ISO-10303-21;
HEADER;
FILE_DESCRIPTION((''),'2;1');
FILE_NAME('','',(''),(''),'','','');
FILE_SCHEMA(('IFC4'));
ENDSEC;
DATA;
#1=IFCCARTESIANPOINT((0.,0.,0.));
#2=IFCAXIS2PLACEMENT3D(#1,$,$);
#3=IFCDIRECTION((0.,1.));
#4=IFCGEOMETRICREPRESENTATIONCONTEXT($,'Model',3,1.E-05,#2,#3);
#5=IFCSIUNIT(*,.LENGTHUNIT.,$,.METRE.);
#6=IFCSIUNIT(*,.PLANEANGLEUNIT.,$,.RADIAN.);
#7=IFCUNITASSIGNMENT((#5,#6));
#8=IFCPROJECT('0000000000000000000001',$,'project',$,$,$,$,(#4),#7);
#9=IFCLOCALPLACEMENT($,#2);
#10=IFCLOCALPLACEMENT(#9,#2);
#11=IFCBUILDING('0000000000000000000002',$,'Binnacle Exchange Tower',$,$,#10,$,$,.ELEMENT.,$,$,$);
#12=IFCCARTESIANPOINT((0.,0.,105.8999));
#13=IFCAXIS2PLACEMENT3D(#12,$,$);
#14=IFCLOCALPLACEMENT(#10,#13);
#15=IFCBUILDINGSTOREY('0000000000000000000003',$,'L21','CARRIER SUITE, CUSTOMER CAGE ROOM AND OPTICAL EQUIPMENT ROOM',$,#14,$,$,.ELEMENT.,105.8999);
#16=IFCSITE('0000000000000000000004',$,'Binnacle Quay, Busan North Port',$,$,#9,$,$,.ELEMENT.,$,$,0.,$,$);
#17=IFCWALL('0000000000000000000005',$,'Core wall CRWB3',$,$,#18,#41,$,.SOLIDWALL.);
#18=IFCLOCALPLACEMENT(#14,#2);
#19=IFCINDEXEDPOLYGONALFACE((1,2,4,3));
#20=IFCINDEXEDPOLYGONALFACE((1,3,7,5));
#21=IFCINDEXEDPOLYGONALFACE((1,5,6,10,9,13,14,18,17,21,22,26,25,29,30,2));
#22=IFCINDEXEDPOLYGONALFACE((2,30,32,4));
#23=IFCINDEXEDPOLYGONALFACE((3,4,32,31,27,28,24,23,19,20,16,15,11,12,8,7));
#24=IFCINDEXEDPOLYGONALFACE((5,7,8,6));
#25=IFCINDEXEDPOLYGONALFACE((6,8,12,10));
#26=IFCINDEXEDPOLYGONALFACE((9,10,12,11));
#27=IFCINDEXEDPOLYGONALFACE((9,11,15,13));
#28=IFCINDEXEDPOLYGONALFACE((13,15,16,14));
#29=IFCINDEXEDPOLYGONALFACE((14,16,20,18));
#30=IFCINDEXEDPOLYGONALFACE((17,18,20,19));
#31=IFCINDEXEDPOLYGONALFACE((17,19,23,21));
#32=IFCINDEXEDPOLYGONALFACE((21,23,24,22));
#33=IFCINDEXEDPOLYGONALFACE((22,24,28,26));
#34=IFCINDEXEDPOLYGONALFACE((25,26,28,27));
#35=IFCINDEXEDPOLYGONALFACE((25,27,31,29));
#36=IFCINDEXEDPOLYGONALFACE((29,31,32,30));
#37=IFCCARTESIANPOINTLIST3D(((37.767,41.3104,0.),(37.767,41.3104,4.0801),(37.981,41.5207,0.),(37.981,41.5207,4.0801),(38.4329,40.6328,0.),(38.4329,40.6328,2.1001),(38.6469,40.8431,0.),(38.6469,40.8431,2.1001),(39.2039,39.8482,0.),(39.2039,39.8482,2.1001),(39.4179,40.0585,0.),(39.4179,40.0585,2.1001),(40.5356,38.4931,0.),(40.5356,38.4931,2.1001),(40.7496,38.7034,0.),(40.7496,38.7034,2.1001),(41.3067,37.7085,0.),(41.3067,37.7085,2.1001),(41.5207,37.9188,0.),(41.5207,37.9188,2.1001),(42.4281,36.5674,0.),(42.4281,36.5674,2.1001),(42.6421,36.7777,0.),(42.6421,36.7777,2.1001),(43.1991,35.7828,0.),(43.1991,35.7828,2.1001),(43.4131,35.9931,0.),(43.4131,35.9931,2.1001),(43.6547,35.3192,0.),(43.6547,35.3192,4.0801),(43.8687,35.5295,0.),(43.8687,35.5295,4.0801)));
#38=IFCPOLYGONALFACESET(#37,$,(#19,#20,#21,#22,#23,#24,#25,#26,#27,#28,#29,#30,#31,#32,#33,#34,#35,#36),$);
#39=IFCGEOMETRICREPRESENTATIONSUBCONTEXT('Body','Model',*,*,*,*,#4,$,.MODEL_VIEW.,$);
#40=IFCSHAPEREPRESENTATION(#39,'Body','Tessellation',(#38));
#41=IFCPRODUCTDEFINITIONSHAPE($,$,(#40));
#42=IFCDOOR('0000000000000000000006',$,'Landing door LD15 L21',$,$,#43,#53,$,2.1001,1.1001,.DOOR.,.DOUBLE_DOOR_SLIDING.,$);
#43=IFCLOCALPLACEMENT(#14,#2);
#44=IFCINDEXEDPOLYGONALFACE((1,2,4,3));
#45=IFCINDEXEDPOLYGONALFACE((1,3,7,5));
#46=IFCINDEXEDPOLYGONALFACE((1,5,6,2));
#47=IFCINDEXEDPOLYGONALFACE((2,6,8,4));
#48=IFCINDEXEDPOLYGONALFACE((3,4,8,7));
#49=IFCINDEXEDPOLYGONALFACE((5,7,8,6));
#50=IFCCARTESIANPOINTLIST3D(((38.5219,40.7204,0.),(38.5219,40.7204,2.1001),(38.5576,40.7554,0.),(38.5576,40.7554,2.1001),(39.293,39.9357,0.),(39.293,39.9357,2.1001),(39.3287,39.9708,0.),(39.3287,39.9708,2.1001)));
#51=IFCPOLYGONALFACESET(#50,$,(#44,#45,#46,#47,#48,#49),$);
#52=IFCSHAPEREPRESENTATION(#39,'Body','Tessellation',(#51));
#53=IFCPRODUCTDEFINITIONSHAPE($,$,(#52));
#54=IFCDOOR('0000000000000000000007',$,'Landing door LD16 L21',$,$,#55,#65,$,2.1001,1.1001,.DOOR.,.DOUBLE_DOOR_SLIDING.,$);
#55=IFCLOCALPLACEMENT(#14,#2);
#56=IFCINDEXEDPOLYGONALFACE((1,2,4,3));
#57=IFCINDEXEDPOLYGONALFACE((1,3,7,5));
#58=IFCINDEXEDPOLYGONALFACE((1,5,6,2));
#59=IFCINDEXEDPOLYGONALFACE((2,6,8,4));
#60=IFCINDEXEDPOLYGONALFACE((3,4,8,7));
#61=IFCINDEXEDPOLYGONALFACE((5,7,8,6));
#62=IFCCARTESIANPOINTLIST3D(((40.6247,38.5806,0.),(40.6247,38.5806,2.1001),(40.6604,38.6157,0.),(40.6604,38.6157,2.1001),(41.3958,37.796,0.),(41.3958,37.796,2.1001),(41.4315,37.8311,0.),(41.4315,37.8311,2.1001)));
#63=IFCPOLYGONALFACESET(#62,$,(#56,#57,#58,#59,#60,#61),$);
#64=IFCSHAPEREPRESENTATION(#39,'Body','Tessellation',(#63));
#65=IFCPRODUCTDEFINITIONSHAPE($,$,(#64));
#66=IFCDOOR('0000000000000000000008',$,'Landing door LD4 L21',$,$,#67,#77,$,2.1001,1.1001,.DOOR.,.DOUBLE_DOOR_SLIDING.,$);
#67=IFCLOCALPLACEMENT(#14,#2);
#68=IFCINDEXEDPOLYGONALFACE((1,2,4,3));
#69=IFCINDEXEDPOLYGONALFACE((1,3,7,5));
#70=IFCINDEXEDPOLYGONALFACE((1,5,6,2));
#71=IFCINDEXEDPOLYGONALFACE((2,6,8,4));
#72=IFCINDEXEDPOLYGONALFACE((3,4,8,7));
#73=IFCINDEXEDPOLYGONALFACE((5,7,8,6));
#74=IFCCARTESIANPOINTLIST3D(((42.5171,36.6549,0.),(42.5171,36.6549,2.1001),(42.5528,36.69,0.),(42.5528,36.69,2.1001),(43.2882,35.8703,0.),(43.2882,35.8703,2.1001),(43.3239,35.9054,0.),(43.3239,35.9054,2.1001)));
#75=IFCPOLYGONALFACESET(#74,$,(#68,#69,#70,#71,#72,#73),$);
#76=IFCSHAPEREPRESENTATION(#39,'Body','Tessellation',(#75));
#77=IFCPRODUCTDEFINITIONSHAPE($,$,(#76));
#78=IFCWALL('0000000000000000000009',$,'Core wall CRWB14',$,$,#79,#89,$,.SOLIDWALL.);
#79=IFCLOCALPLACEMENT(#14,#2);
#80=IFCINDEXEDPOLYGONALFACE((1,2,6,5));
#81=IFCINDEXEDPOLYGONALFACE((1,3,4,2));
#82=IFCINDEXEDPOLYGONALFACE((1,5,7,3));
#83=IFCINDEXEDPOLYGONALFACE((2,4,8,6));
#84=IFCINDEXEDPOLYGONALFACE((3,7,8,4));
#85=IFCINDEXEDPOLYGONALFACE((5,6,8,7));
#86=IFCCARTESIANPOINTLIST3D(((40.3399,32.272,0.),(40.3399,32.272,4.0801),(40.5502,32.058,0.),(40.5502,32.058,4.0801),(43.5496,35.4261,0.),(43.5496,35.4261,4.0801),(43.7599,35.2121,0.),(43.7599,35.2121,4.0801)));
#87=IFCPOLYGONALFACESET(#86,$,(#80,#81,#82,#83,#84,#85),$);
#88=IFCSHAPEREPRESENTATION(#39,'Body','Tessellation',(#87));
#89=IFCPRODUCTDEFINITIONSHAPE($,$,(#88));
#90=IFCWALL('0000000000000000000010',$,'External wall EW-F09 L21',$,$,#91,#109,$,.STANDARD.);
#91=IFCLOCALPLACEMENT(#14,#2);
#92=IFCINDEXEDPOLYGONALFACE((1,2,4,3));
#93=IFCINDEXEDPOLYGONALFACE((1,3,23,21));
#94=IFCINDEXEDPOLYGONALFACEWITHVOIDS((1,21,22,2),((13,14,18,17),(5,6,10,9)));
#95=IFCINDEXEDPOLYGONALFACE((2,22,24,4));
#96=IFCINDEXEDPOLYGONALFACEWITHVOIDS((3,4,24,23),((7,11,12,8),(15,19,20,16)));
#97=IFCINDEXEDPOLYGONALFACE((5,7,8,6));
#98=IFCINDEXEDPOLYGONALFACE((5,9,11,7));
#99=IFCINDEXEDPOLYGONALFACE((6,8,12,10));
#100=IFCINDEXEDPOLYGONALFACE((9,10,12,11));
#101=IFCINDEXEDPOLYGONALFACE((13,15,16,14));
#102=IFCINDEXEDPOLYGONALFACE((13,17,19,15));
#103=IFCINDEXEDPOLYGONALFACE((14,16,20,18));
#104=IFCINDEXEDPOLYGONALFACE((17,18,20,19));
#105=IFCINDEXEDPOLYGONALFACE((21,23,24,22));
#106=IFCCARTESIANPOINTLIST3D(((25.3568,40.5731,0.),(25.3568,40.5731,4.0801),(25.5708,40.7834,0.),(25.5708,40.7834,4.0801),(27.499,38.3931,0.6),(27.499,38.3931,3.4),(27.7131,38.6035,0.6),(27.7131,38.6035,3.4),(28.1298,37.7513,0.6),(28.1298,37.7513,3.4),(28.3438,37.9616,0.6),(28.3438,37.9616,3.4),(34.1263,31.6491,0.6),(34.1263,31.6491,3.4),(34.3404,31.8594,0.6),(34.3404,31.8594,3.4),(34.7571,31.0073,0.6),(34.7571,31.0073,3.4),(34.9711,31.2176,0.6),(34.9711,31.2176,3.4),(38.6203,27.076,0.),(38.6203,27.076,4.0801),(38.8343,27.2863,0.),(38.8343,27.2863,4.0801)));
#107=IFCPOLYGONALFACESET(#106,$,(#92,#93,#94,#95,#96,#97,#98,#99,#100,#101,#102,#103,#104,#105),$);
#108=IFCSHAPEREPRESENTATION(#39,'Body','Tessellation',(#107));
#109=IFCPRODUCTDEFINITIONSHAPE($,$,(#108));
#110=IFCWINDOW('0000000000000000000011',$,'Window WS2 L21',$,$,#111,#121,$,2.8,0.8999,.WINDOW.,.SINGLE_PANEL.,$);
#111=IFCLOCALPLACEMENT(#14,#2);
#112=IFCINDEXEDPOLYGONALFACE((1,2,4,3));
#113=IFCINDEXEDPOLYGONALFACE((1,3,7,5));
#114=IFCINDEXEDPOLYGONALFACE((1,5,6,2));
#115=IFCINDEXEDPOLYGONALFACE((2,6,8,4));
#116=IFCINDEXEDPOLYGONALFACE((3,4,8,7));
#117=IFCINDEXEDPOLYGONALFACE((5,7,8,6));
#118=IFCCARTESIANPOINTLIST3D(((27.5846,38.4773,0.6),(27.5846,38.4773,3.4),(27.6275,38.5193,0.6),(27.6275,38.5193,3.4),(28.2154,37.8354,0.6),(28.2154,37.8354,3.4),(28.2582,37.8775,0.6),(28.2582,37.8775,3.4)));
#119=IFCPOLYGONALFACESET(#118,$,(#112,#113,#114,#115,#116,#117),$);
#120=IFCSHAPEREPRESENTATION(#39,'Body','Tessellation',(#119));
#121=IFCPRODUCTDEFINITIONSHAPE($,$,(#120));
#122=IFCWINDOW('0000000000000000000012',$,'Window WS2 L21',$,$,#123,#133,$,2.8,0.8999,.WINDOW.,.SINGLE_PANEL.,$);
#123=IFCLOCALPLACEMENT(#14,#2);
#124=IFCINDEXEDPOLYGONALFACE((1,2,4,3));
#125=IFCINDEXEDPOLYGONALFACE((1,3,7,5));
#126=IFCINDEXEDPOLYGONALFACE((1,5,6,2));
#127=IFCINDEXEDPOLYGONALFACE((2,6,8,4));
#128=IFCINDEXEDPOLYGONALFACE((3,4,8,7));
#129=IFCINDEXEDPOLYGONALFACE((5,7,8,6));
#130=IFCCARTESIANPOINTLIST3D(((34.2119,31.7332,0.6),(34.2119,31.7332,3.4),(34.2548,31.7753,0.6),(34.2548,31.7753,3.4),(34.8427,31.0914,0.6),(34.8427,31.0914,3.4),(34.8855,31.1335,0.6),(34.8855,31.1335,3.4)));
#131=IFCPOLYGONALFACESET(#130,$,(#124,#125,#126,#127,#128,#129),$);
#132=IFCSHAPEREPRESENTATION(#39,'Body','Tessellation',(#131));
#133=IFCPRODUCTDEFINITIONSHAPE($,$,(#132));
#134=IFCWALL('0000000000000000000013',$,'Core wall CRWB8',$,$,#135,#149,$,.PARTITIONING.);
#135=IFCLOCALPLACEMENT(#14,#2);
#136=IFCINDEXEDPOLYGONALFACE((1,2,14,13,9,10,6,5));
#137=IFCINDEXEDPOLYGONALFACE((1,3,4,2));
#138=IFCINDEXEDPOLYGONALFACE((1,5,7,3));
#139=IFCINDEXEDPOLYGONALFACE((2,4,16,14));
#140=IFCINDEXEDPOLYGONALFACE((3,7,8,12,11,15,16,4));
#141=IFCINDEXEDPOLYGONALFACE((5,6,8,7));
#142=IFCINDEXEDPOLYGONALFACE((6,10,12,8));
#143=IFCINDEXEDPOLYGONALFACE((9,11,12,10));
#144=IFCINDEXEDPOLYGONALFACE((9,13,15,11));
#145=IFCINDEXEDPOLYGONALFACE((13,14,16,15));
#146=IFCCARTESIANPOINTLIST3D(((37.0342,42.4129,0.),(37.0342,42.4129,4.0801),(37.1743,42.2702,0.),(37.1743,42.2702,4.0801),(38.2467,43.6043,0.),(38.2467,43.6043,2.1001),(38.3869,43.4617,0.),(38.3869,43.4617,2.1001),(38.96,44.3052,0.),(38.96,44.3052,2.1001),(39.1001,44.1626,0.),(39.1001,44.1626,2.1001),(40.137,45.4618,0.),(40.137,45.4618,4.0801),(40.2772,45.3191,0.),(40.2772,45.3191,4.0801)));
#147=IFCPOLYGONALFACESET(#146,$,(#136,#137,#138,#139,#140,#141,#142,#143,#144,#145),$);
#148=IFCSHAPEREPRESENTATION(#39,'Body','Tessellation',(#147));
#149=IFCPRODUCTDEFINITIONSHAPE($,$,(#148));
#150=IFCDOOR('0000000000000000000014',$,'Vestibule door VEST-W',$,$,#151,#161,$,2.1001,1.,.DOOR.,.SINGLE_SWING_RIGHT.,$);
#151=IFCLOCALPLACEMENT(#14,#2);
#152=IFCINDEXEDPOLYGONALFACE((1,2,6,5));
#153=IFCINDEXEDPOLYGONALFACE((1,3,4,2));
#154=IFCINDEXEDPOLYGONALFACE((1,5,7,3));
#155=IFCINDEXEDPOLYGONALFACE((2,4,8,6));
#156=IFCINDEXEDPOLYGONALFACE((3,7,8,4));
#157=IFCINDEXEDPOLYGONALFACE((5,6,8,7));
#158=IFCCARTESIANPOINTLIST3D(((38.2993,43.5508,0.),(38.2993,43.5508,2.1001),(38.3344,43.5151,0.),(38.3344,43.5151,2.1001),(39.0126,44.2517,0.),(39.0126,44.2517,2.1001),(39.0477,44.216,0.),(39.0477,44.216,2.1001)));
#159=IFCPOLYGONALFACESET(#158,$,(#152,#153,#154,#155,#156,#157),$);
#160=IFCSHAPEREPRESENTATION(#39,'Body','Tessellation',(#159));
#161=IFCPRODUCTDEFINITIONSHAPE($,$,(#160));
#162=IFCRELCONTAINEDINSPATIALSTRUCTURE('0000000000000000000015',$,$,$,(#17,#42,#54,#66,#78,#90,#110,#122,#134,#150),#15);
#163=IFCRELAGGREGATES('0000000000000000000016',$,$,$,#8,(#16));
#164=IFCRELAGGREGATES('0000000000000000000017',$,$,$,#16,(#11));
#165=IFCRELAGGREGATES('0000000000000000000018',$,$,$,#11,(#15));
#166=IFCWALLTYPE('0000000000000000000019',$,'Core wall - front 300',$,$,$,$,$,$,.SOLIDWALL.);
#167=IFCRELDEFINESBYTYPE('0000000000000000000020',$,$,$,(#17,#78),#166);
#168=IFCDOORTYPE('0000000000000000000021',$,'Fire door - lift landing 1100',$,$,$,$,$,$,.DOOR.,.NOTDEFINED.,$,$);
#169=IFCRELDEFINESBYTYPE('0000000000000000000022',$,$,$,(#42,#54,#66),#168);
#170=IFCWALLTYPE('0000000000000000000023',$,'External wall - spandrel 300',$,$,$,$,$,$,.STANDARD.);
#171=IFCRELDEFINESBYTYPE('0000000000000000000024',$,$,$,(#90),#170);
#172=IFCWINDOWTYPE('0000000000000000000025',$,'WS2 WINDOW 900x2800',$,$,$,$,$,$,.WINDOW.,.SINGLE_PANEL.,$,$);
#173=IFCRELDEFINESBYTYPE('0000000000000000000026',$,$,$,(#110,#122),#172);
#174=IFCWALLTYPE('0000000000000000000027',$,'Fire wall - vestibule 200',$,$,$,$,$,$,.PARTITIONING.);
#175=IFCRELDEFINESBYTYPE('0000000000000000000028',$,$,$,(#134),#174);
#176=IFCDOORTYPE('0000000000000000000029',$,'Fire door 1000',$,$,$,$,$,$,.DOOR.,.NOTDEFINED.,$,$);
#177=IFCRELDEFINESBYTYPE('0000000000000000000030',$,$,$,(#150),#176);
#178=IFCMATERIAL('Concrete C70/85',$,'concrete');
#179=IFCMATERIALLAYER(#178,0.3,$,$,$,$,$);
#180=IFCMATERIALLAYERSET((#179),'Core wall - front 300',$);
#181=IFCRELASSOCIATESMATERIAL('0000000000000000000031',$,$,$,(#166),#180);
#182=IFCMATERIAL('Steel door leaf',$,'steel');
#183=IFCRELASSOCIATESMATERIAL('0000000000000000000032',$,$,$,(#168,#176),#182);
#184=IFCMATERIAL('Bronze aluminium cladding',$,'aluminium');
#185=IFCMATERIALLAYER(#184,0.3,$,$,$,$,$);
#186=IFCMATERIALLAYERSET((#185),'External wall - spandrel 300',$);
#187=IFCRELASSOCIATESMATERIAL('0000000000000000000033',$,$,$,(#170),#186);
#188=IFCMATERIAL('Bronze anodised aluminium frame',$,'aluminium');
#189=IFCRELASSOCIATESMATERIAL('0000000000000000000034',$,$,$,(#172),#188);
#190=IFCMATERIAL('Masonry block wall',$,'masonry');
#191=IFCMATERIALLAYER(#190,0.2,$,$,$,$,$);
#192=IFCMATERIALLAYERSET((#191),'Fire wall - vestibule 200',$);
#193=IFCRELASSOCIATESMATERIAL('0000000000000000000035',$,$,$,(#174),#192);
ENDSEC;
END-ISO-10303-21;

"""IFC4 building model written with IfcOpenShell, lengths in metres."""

from ifc_helpers import new_model, si_unit, direction, frame, frame_2d, origin, place, context, subcontext, project, spatial, rectangle, extrude, material, layer, layer_set, type_object, element, fill, save


model = new_model("IFC4")

# Units and contexts
model_context = context("Model", 3, precision=1e-05, world=origin(), true_north=direction((0.0, 1.0)))
body_context = subcontext(model_context, "Body", "Model", "MODEL_VIEW")
ifc_project = project(units=[si_unit("LENGTHUNIT", "METRE"), si_unit("PLANEANGLEUNIT", "RADIAN")], contexts=[model_context])

# Site, building, storey
site_placement = place(None, origin())
site = spatial("IfcSite", under=ifc_project, at=site_placement, Name="Binnacle Quay, Busan North Port", CompositionType="ELEMENT", RefElevation=0.0)
building_placement = place(site_placement, origin())
building = spatial("IfcBuilding", under=site, at=building_placement, Name="Binnacle Exchange Tower", CompositionType="ELEMENT")
storey_placement = place(building_placement, frame((0.0, 0.0, 105.8999)))
storey = spatial("IfcBuildingStorey", under=building, at=storey_placement, Name="L21", Description="CARRIER SUITE, CUSTOMER CAGE ROOM AND OPTICAL EQUIPMENT ROOM", CompositionType="ELEMENT", Elevation=105.8999)

# Shared definitions
ifc_material_1 = material(Name="Concrete C70/85", Category="concrete")

# Wall, openings, doors
ifc_layer_1 = layer(ifc_material_1, 0.3)
ifc_layer_set_1 = layer_set([ifc_layer_1], Name="Core wall - front 300")
wall_type_1 = type_object("IfcWallType", Name="Core wall - front 300", PredefinedType="SOLIDWALL", material=ifc_layer_set_1)
wall_1_placement = place(storey_placement, frame((37.874, 41.4155, 0.0), z_axis=(0.0, 0.0, 1.0), x_axis=(0.700918, -0.713242, 0.0)))
wall_1 = element("IfcWall", 1, at=wall_1_placement, inside=storey, type_object=wall_type_1, Name="Core wall CRWB3", PredefinedType="SOLIDWALL", context=body_context, shape_type="SweptSolid", body=[
    extrude(rectangle(XDim=8.3999, YDim=0.3, at=frame_2d((4.2, 0.0))), origin(), (0.0, 0.0, 1.0), 4.0801),
])
opening_1_placement = place(wall_1_placement, frame((0.95, 0.0, 0.0)))
opening_1 = element("IfcOpeningElement", 2, at=opening_1_placement, cuts=wall_1, PredefinedType="OPENING", context=body_context, shape_type="SweptSolid", body=[
    extrude(rectangle(XDim=1.1001, YDim=2.1001, at=frame_2d((0.55, 1.05))), frame((0.0, 0.1599, 0.0), z_axis=(0.0, -1.0, 0.0), x_axis=(1.0, 0.0, 0.0)), (0.0, 0.0, 1.0), 0.3201),
])
opening_2_placement = place(wall_1_placement, frame((3.95, 0.0, 0.0)))
opening_2 = element("IfcOpeningElement", 3, at=opening_2_placement, cuts=wall_1, PredefinedType="OPENING", context=body_context, shape_type="SweptSolid", body=[
    extrude(rectangle(XDim=1.1001, YDim=2.1001, at=frame_2d((0.55, 1.05))), frame((0.0, 0.1599, 0.0), z_axis=(0.0, -1.0, 0.0), x_axis=(1.0, 0.0, 0.0)), (0.0, 0.0, 1.0), 0.3201),
])
opening_3_placement = place(wall_1_placement, frame((6.6499, 0.0, 0.0)))
opening_3 = element("IfcOpeningElement", 4, at=opening_3_placement, cuts=wall_1, PredefinedType="OPENING", context=body_context, shape_type="SweptSolid", body=[
    extrude(rectangle(XDim=1.1001, YDim=2.1001, at=frame_2d((0.55, 1.05))), frame((0.0, 0.1599, 0.0), z_axis=(0.0, -1.0, 0.0), x_axis=(1.0, 0.0, 0.0)), (0.0, 0.0, 1.0), 0.3201),
])
ifc_material_2 = material(Name="Steel door leaf", Category="steel")
door_type_1 = type_object("IfcDoorType", Name="Fire door - lift landing 1100", OperationType="NOTDEFINED", PredefinedType="DOOR", material=ifc_material_2)
door_1_placement = place(opening_1_placement, origin())
door_1 = element("IfcDoor", 5, at=door_1_placement, inside=storey, type_object=door_type_1, Name="Landing door LD15 L21", OperationType="DOUBLE_DOOR_SLIDING", OverallHeight=2.1001, OverallWidth=1.1001, PredefinedType="DOOR", context=body_context, shape_type="SweptSolid", body=[
    extrude(rectangle(XDim=1.1001, YDim=2.1001, at=frame_2d((0.55, 1.05))), frame((0.0, 0.0249, 0.0), z_axis=(0.0, -1.0, 0.0), x_axis=(1.0, 0.0, 0.0)), (0.0, 0.0, 1.0), 0.05),
])
fill(opening_1, door_1)
door_2_placement = place(opening_2_placement, origin())
door_2 = element("IfcDoor", 6, at=door_2_placement, inside=storey, type_object=door_type_1, Name="Landing door LD16 L21", OperationType="DOUBLE_DOOR_SLIDING", OverallHeight=2.1001, OverallWidth=1.1001, PredefinedType="DOOR", context=body_context, shape_type="SweptSolid", body=[
    extrude(rectangle(XDim=1.1001, YDim=2.1001, at=frame_2d((0.55, 1.05))), frame((0.0, 0.0249, 0.0), z_axis=(0.0, -1.0, 0.0), x_axis=(1.0, 0.0, 0.0)), (0.0, 0.0, 1.0), 0.05),
])
fill(opening_2, door_2)
door_3_placement = place(opening_3_placement, origin())
door_3 = element("IfcDoor", 7, at=door_3_placement, inside=storey, type_object=door_type_1, Name="Landing door LD4 L21", OperationType="DOUBLE_DOOR_SLIDING", OverallHeight=2.1001, OverallWidth=1.1001, PredefinedType="DOOR", context=body_context, shape_type="SweptSolid", body=[
    extrude(rectangle(XDim=1.1001, YDim=2.1001, at=frame_2d((0.55, 1.05))), frame((0.0, 0.0249, 0.0), z_axis=(0.0, -1.0, 0.0), x_axis=(1.0, 0.0, 0.0)), (0.0, 0.0, 1.0), 0.05),
])
fill(opening_3, door_3)

# Wall
wall_2_placement = place(storey_placement, frame((40.4451, 32.165, 0.0), z_axis=(0.0, 0.0, 1.0), x_axis=(0.713265, 0.700895, 0.0)))
element("IfcWall", 8, at=wall_2_placement, inside=storey, type_object=wall_type_1, Name="Core wall CRWB14", PredefinedType="SOLIDWALL", context=body_context, shape_type="SweptSolid", body=[
    extrude(rectangle(XDim=4.5, YDim=0.3, at=frame_2d((2.25, 0.0))), origin(), (0.0, 0.0, 1.0), 4.0801),
])

# Wall, openings, windows
ifc_material_3 = material(Name="Bronze aluminium cladding", Category="aluminium")
ifc_layer_2 = layer(ifc_material_3, 0.3)
ifc_layer_set_2 = layer_set([ifc_layer_2], Name="External wall - spandrel 300")
wall_type_2 = type_object("IfcWallType", Name="External wall - spandrel 300", PredefinedType="STANDARD", material=ifc_layer_set_2)
wall_3_placement = place(storey_placement, frame((38.7273, 27.1812, 0.0), z_axis=(0.0, 0.0, 1.0), x_axis=(-0.700906, 0.713253, 0.0)))
wall_3 = element("IfcWall", 9, at=wall_3_placement, inside=storey, type_object=wall_type_2, Name="External wall EW-F09 L21", PredefinedType="STANDARD", context=body_context, shape_type="SweptSolid", body=[
    extrude(rectangle(XDim=18.9233, YDim=0.3, at=frame_2d((9.4617, 0.0))), origin(), (0.0, 0.0, 1.0), 4.0801),
])
opening_4_placement = place(wall_3_placement, frame((14.967, 0.0, 0.6001)))
opening_4 = element("IfcOpeningElement", 10, at=opening_4_placement, cuts=wall_3, PredefinedType="OPENING", context=body_context, shape_type="SweptSolid", body=[
    extrude(rectangle(XDim=0.8999, YDim=2.8, at=frame_2d((0.45, 1.3999))), frame((0.0, 0.1599, 0.0), z_axis=(0.0, -1.0, 0.0), x_axis=(1.0, 0.0, 0.0)), (0.0, 0.0, 1.0), 0.3201),
])
opening_5_placement = place(wall_3_placement, frame((5.5117, 0.0, 0.6001)))
opening_5 = element("IfcOpeningElement", 11, at=opening_5_placement, cuts=wall_3, PredefinedType="OPENING", context=body_context, shape_type="SweptSolid", body=[
    extrude(rectangle(XDim=0.8999, YDim=2.8, at=frame_2d((0.45, 1.3999))), frame((0.0, 0.1599, 0.0), z_axis=(0.0, -1.0, 0.0), x_axis=(1.0, 0.0, 0.0)), (0.0, 0.0, 1.0), 0.3201),
])
ifc_material_4 = material(Name="Bronze anodised aluminium frame", Category="aluminium")
window_type = type_object("IfcWindowType", Name="WS2 WINDOW 900x2800", PartitioningType="SINGLE_PANEL", PredefinedType="WINDOW", material=ifc_material_4)
window_1_placement = place(opening_4_placement, origin())
window_1 = element("IfcWindow", 12, at=window_1_placement, inside=storey, type_object=window_type, Name="Window WS2 L21", OverallHeight=2.8, OverallWidth=0.8999, PartitioningType="SINGLE_PANEL", PredefinedType="WINDOW", context=body_context, shape_type="SweptSolid", body=[
    extrude(rectangle(XDim=0.8999, YDim=2.8, at=frame_2d((0.45, 1.3999))), frame((0.0, 0.03, 0.0), z_axis=(0.0, -1.0, 0.0), x_axis=(1.0, 0.0, 0.0)), (0.0, 0.0, 1.0), 0.0601),
])
fill(opening_4, window_1)
window_2_placement = place(opening_5_placement, origin())
window_2 = element("IfcWindow", 13, at=window_2_placement, inside=storey, type_object=window_type, Name="Window WS2 L21", OverallHeight=2.8, OverallWidth=0.8999, PartitioningType="SINGLE_PANEL", PredefinedType="WINDOW", context=body_context, shape_type="SweptSolid", body=[
    extrude(rectangle(XDim=0.8999, YDim=2.8, at=frame_2d((0.45, 1.3999))), frame((0.0, 0.03, 0.0), z_axis=(0.0, -1.0, 0.0), x_axis=(1.0, 0.0, 0.0)), (0.0, 0.0, 1.0), 0.0601),
])
fill(opening_5, window_2)

# Wall, opening, door
ifc_material_5 = material(Name="Masonry block wall", Category="masonry")
ifc_layer_3 = layer(ifc_material_5, 0.2)
ifc_layer_set_3 = layer_set([ifc_layer_3], Name="Fire wall - vestibule 200")
wall_type_3 = type_object("IfcWallType", Name="Fire wall - vestibule 200", PredefinedType="PARTITIONING", material=ifc_layer_set_3)
wall_4_placement = place(storey_placement, frame((37.1042, 42.3416, 0.0), z_axis=(0.0, 0.0, 1.0), x_axis=(0.713281, 0.700878, 0.0)))
wall_4 = element("IfcWall", 14, at=wall_4_placement, inside=storey, type_object=wall_type_3, Name="Core wall CRWB8", PredefinedType="PARTITIONING", context=body_context, shape_type="SweptSolid", body=[
    extrude(rectangle(XDim=4.3501, YDim=0.2, at=frame_2d((2.175, 0.0))), origin(), (0.0, 0.0, 1.0), 4.0801),
])
opening_6_placement = place(wall_4_placement, frame((1.7, 0.0, 0.0)))
opening_6 = element("IfcOpeningElement", 15, at=opening_6_placement, cuts=wall_4, PredefinedType="OPENING", context=body_context, shape_type="SweptSolid", body=[
    extrude(rectangle(XDim=1.0, YDim=2.1001, at=frame_2d((0.5, 1.05))), frame((0.0, 0.1099, 0.0), z_axis=(0.0, -1.0, 0.0), x_axis=(1.0, 0.0, 0.0)), (0.0, 0.0, 1.0), 0.22),
])
door_type_2 = type_object("IfcDoorType", Name="Fire door 1000", OperationType="NOTDEFINED", PredefinedType="DOOR", material=ifc_material_2)
door_4_placement = place(opening_6_placement, origin())
door_4 = element("IfcDoor", 16, at=door_4_placement, inside=storey, type_object=door_type_2, Name="Vestibule door VEST-W", OperationType="SINGLE_SWING_RIGHT", OverallHeight=2.1001, OverallWidth=1.0, PredefinedType="DOOR", context=body_context, shape_type="SweptSolid", body=[
    extrude(rectangle(XDim=1.0, YDim=2.1001, at=frame_2d((0.5, 1.05))), frame((0.0, 0.0249, 0.0), z_axis=(0.0, -1.0, 0.0), x_axis=(1.0, 0.0, 0.0)), (0.0, 0.0, 1.0), 0.05),
])
fill(opening_6, door_4)

save(model, "model.ifc")
